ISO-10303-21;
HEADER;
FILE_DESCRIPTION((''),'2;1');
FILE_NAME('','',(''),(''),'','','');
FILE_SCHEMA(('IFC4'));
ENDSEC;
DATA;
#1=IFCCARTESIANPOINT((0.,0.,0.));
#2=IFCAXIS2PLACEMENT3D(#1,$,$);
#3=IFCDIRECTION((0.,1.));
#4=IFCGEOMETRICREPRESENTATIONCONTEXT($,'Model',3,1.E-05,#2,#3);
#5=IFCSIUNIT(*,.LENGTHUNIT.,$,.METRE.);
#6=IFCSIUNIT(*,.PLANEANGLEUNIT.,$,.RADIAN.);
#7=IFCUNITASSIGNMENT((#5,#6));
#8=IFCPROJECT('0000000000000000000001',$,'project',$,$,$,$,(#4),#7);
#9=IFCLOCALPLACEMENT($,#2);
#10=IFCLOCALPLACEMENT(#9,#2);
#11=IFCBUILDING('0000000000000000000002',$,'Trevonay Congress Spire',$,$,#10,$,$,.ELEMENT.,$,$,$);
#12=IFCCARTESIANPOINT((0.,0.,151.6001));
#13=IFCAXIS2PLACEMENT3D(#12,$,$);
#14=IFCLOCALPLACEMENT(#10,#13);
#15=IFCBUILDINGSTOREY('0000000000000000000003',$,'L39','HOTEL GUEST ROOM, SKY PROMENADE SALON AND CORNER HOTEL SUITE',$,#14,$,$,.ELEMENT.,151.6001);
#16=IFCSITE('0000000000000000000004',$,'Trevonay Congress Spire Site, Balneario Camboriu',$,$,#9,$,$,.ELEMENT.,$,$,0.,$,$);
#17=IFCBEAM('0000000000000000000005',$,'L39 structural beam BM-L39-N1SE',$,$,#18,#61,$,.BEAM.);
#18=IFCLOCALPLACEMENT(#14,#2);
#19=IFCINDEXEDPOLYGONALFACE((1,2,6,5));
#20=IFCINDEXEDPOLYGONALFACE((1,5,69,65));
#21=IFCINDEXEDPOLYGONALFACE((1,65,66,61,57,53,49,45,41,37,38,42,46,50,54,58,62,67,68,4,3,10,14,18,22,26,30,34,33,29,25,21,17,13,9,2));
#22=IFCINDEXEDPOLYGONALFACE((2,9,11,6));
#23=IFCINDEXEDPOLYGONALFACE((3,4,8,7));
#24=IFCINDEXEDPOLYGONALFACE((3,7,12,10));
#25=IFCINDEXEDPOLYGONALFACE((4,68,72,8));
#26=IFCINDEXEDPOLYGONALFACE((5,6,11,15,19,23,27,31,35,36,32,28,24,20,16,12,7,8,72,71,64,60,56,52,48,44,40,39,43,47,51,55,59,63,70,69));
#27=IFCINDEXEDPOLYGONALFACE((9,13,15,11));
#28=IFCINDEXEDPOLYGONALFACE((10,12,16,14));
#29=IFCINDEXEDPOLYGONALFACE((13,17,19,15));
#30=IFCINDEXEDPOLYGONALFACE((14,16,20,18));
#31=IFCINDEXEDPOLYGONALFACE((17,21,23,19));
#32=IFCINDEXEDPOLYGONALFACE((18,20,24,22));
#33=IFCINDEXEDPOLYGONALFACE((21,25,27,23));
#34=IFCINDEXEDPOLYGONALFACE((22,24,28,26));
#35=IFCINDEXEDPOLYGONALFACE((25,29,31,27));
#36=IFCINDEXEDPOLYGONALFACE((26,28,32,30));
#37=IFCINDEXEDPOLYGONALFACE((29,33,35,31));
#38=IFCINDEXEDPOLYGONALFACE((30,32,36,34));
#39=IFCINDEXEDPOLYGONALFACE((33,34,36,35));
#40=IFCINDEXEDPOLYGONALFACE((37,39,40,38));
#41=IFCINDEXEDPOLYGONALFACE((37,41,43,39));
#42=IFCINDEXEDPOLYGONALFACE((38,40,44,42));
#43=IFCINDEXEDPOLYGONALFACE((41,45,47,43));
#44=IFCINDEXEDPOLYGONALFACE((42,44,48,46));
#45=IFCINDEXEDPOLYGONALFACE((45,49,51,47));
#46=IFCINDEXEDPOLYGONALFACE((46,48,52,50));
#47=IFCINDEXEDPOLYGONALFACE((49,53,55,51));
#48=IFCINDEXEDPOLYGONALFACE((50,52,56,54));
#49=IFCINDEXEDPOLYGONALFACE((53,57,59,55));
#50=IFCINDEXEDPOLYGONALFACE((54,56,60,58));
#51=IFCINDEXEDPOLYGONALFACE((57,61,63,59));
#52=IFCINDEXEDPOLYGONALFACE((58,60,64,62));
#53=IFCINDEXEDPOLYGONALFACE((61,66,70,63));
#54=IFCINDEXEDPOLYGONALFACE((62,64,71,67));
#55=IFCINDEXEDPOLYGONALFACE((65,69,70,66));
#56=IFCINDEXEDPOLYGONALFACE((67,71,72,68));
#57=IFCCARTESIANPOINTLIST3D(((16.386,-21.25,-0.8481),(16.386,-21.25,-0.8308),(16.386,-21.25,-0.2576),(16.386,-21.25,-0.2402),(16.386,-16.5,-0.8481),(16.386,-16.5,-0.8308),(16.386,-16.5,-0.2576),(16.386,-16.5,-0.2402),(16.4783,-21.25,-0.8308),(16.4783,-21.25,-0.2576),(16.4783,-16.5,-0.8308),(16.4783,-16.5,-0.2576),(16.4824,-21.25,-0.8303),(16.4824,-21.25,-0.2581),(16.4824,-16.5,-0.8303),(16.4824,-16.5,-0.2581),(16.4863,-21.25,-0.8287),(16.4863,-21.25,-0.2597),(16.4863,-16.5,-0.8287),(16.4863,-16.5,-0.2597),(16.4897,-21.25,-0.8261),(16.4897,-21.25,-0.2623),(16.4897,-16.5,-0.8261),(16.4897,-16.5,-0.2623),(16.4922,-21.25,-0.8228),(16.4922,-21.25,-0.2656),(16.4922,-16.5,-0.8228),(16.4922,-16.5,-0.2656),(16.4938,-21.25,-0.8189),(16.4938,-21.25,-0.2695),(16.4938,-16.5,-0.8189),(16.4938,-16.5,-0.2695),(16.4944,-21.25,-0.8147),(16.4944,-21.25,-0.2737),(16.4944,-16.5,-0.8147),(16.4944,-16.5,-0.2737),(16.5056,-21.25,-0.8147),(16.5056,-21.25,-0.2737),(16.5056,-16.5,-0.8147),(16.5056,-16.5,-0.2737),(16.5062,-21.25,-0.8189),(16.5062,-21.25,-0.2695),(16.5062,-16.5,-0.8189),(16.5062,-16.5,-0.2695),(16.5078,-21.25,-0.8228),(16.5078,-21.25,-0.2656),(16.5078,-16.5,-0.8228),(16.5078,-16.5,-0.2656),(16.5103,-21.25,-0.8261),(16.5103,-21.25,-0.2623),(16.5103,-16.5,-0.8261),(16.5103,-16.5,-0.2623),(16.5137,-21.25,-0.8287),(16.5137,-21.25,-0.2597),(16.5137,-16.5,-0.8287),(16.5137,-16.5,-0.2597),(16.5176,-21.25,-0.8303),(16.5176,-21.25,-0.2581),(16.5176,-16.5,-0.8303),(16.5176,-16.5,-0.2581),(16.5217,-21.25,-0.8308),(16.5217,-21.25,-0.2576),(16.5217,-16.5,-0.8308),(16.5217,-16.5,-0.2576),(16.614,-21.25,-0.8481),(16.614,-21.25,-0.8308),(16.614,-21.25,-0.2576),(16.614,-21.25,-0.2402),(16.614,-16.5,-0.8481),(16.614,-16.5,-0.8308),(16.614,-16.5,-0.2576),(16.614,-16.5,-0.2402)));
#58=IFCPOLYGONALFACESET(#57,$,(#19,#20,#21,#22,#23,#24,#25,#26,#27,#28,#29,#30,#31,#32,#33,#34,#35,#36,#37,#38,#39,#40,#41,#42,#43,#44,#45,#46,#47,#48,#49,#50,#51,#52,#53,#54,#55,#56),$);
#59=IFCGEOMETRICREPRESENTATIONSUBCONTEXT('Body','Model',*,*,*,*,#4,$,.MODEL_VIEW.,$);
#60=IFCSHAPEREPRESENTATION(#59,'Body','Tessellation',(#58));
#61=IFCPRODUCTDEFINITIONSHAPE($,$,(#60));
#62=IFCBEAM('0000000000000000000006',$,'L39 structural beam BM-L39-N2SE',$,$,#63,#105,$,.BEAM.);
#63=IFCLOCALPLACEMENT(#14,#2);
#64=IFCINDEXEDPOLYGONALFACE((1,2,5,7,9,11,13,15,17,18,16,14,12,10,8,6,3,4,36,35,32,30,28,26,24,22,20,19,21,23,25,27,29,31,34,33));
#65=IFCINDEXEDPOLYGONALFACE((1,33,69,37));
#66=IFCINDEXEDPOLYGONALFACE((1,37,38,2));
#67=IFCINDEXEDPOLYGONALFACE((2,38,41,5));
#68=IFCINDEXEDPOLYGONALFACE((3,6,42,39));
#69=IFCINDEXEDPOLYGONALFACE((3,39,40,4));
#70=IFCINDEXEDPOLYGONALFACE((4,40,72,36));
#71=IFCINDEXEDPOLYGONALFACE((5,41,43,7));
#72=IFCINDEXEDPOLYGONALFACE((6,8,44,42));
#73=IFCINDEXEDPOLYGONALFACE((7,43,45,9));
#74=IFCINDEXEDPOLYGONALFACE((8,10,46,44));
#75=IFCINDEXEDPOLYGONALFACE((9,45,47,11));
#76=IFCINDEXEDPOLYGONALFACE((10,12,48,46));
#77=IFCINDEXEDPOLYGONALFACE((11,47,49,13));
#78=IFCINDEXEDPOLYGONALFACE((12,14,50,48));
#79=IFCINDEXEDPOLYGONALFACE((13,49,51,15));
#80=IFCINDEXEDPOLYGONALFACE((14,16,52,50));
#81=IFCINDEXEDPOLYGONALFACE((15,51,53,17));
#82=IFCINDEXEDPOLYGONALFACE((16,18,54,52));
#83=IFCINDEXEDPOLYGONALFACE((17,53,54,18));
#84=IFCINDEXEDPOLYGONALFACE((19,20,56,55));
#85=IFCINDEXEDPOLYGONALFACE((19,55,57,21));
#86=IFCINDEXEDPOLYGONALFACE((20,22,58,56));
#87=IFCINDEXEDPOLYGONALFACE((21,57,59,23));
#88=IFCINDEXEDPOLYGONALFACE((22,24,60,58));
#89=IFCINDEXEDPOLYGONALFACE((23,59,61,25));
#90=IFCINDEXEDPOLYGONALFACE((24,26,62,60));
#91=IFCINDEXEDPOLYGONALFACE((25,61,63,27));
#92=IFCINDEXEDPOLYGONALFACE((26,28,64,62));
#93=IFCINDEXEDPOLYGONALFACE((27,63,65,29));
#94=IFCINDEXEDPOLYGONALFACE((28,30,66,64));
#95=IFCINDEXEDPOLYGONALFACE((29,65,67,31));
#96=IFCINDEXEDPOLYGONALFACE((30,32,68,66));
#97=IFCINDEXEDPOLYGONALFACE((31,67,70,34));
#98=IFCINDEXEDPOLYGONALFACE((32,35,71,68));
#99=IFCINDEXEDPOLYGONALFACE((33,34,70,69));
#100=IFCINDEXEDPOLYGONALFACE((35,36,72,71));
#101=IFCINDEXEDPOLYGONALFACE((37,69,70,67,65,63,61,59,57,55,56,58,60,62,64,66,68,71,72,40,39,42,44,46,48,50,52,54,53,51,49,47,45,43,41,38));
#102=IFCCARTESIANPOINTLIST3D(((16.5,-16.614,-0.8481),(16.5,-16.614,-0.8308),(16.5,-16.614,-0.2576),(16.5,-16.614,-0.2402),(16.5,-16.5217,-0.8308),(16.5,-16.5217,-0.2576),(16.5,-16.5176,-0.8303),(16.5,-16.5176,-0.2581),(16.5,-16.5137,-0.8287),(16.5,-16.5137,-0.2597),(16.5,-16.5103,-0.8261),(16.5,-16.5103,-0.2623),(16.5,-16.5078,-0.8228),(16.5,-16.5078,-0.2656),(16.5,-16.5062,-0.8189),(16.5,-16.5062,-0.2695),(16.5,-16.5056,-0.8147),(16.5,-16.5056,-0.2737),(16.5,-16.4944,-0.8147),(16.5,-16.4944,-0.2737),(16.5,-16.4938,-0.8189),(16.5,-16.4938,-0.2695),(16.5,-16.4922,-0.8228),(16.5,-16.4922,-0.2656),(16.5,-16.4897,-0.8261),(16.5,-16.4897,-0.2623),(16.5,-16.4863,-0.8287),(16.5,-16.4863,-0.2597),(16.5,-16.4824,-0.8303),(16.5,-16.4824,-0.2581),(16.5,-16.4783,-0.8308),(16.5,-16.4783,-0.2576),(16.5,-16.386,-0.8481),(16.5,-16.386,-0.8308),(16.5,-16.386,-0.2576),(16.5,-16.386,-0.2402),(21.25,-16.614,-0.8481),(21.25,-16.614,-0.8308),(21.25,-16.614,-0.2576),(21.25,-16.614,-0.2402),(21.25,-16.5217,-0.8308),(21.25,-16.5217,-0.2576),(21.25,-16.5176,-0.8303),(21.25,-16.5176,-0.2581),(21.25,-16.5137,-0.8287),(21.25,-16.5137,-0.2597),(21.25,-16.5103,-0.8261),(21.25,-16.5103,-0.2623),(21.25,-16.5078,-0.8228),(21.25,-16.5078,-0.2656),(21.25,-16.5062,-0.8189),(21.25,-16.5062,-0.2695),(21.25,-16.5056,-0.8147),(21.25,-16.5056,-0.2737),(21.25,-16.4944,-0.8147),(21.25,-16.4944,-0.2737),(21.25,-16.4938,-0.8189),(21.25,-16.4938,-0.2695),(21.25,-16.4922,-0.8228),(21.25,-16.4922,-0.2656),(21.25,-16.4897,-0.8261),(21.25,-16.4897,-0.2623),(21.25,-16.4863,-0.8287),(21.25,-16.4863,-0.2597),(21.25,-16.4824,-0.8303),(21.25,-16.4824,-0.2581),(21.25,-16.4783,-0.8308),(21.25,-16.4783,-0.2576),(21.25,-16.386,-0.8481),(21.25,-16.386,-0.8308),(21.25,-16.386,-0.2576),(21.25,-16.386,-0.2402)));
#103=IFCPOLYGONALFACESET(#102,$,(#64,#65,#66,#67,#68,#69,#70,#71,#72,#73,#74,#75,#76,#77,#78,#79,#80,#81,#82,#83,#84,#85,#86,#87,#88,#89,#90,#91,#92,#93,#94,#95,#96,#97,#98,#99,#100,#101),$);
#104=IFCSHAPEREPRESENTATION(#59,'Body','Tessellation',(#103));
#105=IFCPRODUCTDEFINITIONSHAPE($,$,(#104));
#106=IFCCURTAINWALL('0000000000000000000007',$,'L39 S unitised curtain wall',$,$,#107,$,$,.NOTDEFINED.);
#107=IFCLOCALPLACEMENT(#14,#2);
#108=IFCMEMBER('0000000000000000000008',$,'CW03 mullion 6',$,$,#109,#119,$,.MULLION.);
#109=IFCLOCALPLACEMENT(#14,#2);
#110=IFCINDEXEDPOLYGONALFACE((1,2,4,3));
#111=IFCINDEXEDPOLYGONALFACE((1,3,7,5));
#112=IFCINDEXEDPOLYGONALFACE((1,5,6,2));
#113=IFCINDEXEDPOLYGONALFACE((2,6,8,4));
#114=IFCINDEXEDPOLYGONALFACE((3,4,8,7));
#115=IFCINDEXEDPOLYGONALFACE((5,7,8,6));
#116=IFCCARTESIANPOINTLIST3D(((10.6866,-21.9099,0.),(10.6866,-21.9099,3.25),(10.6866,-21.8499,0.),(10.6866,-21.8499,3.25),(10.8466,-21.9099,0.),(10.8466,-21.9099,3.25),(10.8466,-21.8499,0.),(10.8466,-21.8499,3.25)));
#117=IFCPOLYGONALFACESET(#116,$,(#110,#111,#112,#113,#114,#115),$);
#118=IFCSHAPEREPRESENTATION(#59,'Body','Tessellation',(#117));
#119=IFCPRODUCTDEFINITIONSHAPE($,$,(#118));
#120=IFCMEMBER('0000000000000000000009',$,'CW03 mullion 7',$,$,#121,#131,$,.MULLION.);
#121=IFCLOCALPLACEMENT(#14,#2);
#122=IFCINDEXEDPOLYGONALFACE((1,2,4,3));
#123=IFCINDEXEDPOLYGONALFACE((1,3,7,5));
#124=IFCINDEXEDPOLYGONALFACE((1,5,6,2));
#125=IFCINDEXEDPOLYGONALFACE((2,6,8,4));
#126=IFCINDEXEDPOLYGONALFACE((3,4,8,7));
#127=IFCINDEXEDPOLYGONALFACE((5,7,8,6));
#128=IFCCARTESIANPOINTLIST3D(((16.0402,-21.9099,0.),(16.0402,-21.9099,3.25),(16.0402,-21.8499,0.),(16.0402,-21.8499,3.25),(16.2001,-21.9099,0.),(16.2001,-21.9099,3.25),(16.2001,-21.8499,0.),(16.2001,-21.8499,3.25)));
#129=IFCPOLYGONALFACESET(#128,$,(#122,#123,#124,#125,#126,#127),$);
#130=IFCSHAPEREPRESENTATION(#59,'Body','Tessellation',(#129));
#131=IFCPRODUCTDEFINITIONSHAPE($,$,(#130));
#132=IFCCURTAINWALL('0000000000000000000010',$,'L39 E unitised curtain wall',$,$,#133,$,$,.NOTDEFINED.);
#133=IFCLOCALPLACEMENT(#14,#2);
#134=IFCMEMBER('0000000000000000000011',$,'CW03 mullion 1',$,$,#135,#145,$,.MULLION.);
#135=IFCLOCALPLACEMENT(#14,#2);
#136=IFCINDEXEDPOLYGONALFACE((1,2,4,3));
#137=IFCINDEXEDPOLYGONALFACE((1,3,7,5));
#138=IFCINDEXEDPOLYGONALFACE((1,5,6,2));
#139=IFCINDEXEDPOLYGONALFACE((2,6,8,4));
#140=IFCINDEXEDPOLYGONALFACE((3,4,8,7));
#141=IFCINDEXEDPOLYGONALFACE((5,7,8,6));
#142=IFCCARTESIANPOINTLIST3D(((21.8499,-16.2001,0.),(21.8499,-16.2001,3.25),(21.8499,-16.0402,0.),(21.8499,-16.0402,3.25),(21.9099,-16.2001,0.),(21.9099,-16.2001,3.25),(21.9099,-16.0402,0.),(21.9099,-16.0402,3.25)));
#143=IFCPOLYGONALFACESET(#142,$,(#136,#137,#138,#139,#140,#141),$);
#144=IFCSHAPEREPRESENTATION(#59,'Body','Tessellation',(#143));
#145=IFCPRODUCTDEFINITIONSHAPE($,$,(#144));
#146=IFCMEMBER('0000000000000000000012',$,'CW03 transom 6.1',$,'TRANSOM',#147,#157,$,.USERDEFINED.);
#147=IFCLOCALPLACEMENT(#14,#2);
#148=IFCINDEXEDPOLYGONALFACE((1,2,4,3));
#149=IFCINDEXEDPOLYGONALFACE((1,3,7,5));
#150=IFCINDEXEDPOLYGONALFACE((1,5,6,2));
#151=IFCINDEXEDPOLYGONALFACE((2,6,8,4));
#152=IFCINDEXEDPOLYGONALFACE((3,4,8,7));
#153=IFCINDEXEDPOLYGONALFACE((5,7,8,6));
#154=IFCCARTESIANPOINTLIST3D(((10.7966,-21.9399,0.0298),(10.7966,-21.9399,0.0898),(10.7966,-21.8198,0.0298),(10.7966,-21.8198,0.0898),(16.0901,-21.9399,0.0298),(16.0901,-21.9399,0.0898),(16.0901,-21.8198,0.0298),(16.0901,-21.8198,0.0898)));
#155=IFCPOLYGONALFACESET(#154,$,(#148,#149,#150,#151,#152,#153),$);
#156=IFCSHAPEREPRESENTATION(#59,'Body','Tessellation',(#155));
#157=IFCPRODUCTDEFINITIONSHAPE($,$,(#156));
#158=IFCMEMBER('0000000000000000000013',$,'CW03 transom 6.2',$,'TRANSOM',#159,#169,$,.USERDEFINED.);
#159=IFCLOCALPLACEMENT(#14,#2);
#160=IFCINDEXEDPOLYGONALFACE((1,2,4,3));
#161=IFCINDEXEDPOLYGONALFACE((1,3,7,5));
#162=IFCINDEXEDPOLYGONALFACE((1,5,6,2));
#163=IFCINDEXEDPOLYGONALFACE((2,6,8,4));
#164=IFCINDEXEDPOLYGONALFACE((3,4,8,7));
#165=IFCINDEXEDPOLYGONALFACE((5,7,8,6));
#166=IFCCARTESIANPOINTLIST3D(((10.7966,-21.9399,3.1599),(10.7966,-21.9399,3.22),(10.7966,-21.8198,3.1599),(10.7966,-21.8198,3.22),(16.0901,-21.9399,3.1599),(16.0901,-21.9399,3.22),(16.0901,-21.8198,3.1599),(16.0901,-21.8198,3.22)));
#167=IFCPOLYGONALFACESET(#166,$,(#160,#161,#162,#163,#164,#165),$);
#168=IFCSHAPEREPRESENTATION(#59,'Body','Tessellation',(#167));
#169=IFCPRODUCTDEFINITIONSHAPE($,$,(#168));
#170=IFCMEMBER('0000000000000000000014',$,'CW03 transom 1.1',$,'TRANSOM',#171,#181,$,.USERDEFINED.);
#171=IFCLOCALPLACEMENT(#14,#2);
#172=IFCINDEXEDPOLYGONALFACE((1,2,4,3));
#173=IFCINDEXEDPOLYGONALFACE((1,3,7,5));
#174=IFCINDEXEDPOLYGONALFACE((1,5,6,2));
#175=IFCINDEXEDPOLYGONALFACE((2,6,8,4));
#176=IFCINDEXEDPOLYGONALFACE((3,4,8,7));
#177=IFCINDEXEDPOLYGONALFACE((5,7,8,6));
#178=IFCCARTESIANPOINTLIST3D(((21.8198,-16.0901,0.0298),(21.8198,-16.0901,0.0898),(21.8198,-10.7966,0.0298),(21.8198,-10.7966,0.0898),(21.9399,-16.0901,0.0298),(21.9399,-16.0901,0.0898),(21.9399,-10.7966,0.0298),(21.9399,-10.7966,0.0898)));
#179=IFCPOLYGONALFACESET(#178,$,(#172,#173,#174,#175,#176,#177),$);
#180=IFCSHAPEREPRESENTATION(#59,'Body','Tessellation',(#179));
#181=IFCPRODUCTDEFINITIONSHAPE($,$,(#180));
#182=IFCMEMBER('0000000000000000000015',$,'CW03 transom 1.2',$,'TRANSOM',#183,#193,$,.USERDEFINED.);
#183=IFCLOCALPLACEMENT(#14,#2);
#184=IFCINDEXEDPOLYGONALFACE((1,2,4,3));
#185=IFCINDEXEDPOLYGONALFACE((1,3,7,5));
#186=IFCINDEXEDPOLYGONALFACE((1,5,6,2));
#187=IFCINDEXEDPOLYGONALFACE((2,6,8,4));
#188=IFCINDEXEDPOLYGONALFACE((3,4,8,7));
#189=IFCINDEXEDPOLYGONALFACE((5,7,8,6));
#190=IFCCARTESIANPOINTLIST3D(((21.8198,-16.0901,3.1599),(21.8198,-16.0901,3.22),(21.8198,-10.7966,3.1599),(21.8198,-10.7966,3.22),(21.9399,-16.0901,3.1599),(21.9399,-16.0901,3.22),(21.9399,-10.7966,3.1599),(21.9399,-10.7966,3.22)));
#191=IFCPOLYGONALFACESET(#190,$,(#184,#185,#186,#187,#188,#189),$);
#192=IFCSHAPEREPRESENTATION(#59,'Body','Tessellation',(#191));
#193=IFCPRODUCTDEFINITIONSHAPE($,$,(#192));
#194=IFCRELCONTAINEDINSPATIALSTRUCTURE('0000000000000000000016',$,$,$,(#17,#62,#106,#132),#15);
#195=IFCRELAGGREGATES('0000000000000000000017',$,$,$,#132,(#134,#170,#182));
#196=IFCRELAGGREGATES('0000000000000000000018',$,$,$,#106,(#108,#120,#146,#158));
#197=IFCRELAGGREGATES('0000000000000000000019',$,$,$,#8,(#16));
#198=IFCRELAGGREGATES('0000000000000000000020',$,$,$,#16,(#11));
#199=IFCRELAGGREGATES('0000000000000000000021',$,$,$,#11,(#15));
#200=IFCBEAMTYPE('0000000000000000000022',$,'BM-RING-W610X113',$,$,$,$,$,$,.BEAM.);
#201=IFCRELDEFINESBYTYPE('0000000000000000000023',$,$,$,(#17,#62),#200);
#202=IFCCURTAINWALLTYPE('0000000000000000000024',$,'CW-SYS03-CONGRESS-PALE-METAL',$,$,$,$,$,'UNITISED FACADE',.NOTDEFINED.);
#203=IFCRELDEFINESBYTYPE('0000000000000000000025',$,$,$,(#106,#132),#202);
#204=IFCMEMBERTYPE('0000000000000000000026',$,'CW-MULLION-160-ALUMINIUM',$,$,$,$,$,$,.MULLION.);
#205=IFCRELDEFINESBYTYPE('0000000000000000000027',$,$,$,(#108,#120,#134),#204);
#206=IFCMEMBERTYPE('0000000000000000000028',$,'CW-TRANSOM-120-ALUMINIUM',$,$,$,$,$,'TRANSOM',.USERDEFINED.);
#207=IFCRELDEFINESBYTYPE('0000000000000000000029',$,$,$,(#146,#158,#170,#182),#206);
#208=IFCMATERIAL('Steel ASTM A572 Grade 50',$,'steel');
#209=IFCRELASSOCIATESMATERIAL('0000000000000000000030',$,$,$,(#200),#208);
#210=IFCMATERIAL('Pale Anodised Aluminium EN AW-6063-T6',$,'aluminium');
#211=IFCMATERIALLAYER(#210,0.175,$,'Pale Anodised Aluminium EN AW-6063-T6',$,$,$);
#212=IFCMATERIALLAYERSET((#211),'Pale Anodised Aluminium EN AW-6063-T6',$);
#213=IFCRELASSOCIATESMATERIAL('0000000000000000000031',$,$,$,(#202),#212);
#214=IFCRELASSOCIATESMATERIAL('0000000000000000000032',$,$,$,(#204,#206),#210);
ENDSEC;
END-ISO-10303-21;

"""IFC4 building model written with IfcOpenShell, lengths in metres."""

from ifc_helpers import new_model, si_unit, direction, frame, origin, origin_2d, place, context, subcontext, project, spatial, rectangle, i_section, extrude, material, layer, layer_set, material_profile, profile_set, type_object, element, aggregate, save


model = new_model("IFC4")

# Units and contexts
model_context = context("Model", 3, precision=1e-05, world=origin(), true_north=direction((0.0, 1.0)))
body_context = subcontext(model_context, "Body", "Model", "MODEL_VIEW")
ifc_project = project(units=[si_unit("LENGTHUNIT", "METRE"), si_unit("PLANEANGLEUNIT", "RADIAN")], contexts=[model_context])

# Site, building, storey
site_placement = place(None, origin())
site = spatial("IfcSite", under=ifc_project, at=site_placement, Name="Trevonay Congress Spire Site, Balneario Camboriu", CompositionType="ELEMENT", RefElevation=0.0)
building_placement = place(site_placement, origin())
building = spatial("IfcBuilding", under=site, at=building_placement, Name="Trevonay Congress Spire", CompositionType="ELEMENT")
storey_placement = place(building_placement, frame((0.0, 0.0, 151.6001)))
storey = spatial("IfcBuildingStorey", under=building, at=storey_placement, Name="L39", Description="HOTEL GUEST ROOM, SKY PROMENADE SALON AND CORNER HOTEL SUITE", CompositionType="ELEMENT", Elevation=151.6001)

# Shared definitions
ifc_material_1 = material(Name="Steel ASTM A572 Grade 50", Category="steel")

# Beams
ifc_material_profile_1 = material_profile(ifc_material_1, i_section(OverallWidth=0.228, OverallDepth=0.6079, WebThickness=0.0112, FlangeThickness=0.0173, FilletRadius=0.0161, at=origin_2d()), Name="W610x113")
ifc_profile_set_1 = profile_set([ifc_material_profile_1], Name="Steel ASTM A572 Grade 50")
beam_type_1 = type_object("IfcBeamType", Name="BM-RING-W610X113", PredefinedType="BEAM", material=ifc_profile_set_1)
for number, where, z_axis, x_axis, name in (
    (1, (16.5, -21.25, -0.5442), (0.0, 1.0, 0.0), (-1.0, 0.0, 0.0), "L39 structural beam BM-L39-N1SE"),
    (2, (21.25, -16.5, -0.5442), (-1.0, 0.0, 0.0), (0.0, -1.0, 0.0), "L39 structural beam BM-L39-N2SE"),
):
    element("IfcBeam", number, at=place(storey_placement, frame(where, z_axis=z_axis, x_axis=x_axis)), inside=storey, type_object=beam_type_1, Name=name, PredefinedType="BEAM", context=body_context, shape_type="SweptSolid", body=[
        extrude(i_section(OverallWidth=0.228, OverallDepth=0.6079, WebThickness=0.0112, FlangeThickness=0.0173, FilletRadius=0.0161, at=origin_2d()), origin(), (0.0, 0.0, 1.0), 4.75),
    ])

# Curtain wall, members
ifc_material_2 = material(Name="Pale Anodised Aluminium EN AW-6063-T6", Category="aluminium")
ifc_layer_1 = layer(ifc_material_2, 0.175, Name="Pale Anodised Aluminium EN AW-6063-T6")
ifc_layer_set_1 = layer_set([ifc_layer_1], Name="Pale Anodised Aluminium EN AW-6063-T6")
curtain_wall_type = type_object("IfcCurtainWallType", Name="CW-SYS03-CONGRESS-PALE-METAL", ElementType="UNITISED FACADE", PredefinedType="NOTDEFINED", material=ifc_layer_set_1)
curtain_wall_1_placement = place(storey_placement, origin())
curtain_wall_1 = element("IfcCurtainWall", 3, at=curtain_wall_1_placement, inside=storey, type_object=curtain_wall_type, Name="L39 S unitised curtain wall", PredefinedType="NOTDEFINED")
ifc_material_profile_2 = material_profile(ifc_material_2, rectangle(XDim=0.0601, YDim=0.1599, at=origin_2d()), Name="CW-MULLION-160-ALUMINIUM")
ifc_profile_set_2 = profile_set([ifc_material_profile_2], Name="Pale Anodised Aluminium EN AW-6063-T6")
member_type_1 = type_object("IfcMemberType", Name="CW-MULLION-160-ALUMINIUM", PredefinedType="MULLION", material=ifc_profile_set_2)
member_1_placement = place(storey_placement, frame((10.7666, -21.8799, 0.0), z_axis=(0.0, 0.0, 1.0), x_axis=(0.0, 1.0, 0.0)))
member_1 = element("IfcMember", 4, at=member_1_placement, type_object=member_type_1, Name="CW03 mullion 6", PredefinedType="MULLION", context=body_context, shape_type="SweptSolid", body=[
    extrude(rectangle(XDim=0.0601, YDim=0.1599, at=origin_2d()), origin(), (0.0, 0.0, 1.0), 3.25),
])
member_2_placement = place(storey_placement, frame((16.1201, -21.8799, 0.0), z_axis=(0.0, 0.0, 1.0), x_axis=(0.0, 1.0, 0.0)))
member_2 = element("IfcMember", 5, at=member_2_placement, type_object=member_type_1, Name="CW03 mullion 7", PredefinedType="MULLION", context=body_context, shape_type="SweptSolid", body=[
    extrude(rectangle(XDim=0.0601, YDim=0.1599, at=origin_2d()), origin(), (0.0, 0.0, 1.0), 3.25),
])

# Curtain wall, member
curtain_wall_2_placement = place(storey_placement, origin())
curtain_wall_2 = element("IfcCurtainWall", 6, at=curtain_wall_2_placement, inside=storey, type_object=curtain_wall_type, Name="L39 E unitised curtain wall", PredefinedType="NOTDEFINED")
member_3_placement = place(storey_placement, frame((21.8799, -16.1201, 0.0), z_axis=(0.0, 0.0, 1.0), x_axis=(-1.0, 0.0, 0.0)))
member_3 = element("IfcMember", 7, at=member_3_placement, type_object=member_type_1, Name="CW03 mullion 1", PredefinedType="MULLION", context=body_context, shape_type="SweptSolid", body=[
    extrude(rectangle(XDim=0.0601, YDim=0.1599, at=origin_2d()), origin(), (0.0, 0.0, 1.0), 3.25),
])

# Members
ifc_material_profile_3 = material_profile(ifc_material_2, rectangle(XDim=0.1201, YDim=0.0601, at=origin_2d()), Name="CW-TRANSOM-120-ALUMINIUM")
ifc_profile_set_3 = profile_set([ifc_material_profile_3], Name="Pale Anodised Aluminium EN AW-6063-T6")
member_type_2 = type_object("IfcMemberType", Name="CW-TRANSOM-120-ALUMINIUM", ElementType="TRANSOM", PredefinedType="USERDEFINED", material=ifc_profile_set_3)
member_4_placement = place(storey_placement, frame((10.7966, -21.8799, 0.0598), z_axis=(1.0, 0.0, 0.0), x_axis=(0.0, 1.0, 0.0)))
member_4 = element("IfcMember", 8, at=member_4_placement, type_object=member_type_2, Name="CW03 transom 6.1", ObjectType="TRANSOM", PredefinedType="USERDEFINED", context=body_context, shape_type="SweptSolid", body=[
    extrude(rectangle(XDim=0.1201, YDim=0.0601, at=origin_2d()), origin(), (0.0, 0.0, 1.0), 5.2935),
])
member_5_placement = place(storey_placement, frame((10.7966, -21.8799, 3.1899), z_axis=(1.0, 0.0, 0.0), x_axis=(0.0, 1.0, 0.0)))
member_5 = element("IfcMember", 9, at=member_5_placement, type_object=member_type_2, Name="CW03 transom 6.2", ObjectType="TRANSOM", PredefinedType="USERDEFINED", context=body_context, shape_type="SweptSolid", body=[
    extrude(rectangle(XDim=0.1201, YDim=0.0601, at=origin_2d()), origin(), (0.0, 0.0, 1.0), 5.2935),
])
member_6_placement = place(storey_placement, frame((21.8799, -16.0901, 0.0598), z_axis=(0.0, 1.0, 0.0), x_axis=(-1.0, 0.0, 0.0)))
member_6 = element("IfcMember", 10, at=member_6_placement, type_object=member_type_2, Name="CW03 transom 1.1", ObjectType="TRANSOM", PredefinedType="USERDEFINED", context=body_context, shape_type="SweptSolid", body=[
    extrude(rectangle(XDim=0.1201, YDim=0.0601, at=origin_2d()), origin(), (0.0, 0.0, 1.0), 5.2935),
])
member_7_placement = place(storey_placement, frame((21.8799, -16.0901, 3.1899), z_axis=(0.0, 1.0, 0.0), x_axis=(-1.0, 0.0, 0.0)))
member_7 = element("IfcMember", 11, at=member_7_placement, type_object=member_type_2, Name="CW03 transom 1.2", ObjectType="TRANSOM", PredefinedType="USERDEFINED", context=body_context, shape_type="SweptSolid", body=[
    extrude(rectangle(XDim=0.1201, YDim=0.0601, at=origin_2d()), origin(), (0.0, 0.0, 1.0), 5.2935),
])
aggregate(curtain_wall_2, [member_3, member_6, member_7])

aggregate(curtain_wall_1, [member_1, member_2, member_4, member_5])

save(model, "model.ifc")
